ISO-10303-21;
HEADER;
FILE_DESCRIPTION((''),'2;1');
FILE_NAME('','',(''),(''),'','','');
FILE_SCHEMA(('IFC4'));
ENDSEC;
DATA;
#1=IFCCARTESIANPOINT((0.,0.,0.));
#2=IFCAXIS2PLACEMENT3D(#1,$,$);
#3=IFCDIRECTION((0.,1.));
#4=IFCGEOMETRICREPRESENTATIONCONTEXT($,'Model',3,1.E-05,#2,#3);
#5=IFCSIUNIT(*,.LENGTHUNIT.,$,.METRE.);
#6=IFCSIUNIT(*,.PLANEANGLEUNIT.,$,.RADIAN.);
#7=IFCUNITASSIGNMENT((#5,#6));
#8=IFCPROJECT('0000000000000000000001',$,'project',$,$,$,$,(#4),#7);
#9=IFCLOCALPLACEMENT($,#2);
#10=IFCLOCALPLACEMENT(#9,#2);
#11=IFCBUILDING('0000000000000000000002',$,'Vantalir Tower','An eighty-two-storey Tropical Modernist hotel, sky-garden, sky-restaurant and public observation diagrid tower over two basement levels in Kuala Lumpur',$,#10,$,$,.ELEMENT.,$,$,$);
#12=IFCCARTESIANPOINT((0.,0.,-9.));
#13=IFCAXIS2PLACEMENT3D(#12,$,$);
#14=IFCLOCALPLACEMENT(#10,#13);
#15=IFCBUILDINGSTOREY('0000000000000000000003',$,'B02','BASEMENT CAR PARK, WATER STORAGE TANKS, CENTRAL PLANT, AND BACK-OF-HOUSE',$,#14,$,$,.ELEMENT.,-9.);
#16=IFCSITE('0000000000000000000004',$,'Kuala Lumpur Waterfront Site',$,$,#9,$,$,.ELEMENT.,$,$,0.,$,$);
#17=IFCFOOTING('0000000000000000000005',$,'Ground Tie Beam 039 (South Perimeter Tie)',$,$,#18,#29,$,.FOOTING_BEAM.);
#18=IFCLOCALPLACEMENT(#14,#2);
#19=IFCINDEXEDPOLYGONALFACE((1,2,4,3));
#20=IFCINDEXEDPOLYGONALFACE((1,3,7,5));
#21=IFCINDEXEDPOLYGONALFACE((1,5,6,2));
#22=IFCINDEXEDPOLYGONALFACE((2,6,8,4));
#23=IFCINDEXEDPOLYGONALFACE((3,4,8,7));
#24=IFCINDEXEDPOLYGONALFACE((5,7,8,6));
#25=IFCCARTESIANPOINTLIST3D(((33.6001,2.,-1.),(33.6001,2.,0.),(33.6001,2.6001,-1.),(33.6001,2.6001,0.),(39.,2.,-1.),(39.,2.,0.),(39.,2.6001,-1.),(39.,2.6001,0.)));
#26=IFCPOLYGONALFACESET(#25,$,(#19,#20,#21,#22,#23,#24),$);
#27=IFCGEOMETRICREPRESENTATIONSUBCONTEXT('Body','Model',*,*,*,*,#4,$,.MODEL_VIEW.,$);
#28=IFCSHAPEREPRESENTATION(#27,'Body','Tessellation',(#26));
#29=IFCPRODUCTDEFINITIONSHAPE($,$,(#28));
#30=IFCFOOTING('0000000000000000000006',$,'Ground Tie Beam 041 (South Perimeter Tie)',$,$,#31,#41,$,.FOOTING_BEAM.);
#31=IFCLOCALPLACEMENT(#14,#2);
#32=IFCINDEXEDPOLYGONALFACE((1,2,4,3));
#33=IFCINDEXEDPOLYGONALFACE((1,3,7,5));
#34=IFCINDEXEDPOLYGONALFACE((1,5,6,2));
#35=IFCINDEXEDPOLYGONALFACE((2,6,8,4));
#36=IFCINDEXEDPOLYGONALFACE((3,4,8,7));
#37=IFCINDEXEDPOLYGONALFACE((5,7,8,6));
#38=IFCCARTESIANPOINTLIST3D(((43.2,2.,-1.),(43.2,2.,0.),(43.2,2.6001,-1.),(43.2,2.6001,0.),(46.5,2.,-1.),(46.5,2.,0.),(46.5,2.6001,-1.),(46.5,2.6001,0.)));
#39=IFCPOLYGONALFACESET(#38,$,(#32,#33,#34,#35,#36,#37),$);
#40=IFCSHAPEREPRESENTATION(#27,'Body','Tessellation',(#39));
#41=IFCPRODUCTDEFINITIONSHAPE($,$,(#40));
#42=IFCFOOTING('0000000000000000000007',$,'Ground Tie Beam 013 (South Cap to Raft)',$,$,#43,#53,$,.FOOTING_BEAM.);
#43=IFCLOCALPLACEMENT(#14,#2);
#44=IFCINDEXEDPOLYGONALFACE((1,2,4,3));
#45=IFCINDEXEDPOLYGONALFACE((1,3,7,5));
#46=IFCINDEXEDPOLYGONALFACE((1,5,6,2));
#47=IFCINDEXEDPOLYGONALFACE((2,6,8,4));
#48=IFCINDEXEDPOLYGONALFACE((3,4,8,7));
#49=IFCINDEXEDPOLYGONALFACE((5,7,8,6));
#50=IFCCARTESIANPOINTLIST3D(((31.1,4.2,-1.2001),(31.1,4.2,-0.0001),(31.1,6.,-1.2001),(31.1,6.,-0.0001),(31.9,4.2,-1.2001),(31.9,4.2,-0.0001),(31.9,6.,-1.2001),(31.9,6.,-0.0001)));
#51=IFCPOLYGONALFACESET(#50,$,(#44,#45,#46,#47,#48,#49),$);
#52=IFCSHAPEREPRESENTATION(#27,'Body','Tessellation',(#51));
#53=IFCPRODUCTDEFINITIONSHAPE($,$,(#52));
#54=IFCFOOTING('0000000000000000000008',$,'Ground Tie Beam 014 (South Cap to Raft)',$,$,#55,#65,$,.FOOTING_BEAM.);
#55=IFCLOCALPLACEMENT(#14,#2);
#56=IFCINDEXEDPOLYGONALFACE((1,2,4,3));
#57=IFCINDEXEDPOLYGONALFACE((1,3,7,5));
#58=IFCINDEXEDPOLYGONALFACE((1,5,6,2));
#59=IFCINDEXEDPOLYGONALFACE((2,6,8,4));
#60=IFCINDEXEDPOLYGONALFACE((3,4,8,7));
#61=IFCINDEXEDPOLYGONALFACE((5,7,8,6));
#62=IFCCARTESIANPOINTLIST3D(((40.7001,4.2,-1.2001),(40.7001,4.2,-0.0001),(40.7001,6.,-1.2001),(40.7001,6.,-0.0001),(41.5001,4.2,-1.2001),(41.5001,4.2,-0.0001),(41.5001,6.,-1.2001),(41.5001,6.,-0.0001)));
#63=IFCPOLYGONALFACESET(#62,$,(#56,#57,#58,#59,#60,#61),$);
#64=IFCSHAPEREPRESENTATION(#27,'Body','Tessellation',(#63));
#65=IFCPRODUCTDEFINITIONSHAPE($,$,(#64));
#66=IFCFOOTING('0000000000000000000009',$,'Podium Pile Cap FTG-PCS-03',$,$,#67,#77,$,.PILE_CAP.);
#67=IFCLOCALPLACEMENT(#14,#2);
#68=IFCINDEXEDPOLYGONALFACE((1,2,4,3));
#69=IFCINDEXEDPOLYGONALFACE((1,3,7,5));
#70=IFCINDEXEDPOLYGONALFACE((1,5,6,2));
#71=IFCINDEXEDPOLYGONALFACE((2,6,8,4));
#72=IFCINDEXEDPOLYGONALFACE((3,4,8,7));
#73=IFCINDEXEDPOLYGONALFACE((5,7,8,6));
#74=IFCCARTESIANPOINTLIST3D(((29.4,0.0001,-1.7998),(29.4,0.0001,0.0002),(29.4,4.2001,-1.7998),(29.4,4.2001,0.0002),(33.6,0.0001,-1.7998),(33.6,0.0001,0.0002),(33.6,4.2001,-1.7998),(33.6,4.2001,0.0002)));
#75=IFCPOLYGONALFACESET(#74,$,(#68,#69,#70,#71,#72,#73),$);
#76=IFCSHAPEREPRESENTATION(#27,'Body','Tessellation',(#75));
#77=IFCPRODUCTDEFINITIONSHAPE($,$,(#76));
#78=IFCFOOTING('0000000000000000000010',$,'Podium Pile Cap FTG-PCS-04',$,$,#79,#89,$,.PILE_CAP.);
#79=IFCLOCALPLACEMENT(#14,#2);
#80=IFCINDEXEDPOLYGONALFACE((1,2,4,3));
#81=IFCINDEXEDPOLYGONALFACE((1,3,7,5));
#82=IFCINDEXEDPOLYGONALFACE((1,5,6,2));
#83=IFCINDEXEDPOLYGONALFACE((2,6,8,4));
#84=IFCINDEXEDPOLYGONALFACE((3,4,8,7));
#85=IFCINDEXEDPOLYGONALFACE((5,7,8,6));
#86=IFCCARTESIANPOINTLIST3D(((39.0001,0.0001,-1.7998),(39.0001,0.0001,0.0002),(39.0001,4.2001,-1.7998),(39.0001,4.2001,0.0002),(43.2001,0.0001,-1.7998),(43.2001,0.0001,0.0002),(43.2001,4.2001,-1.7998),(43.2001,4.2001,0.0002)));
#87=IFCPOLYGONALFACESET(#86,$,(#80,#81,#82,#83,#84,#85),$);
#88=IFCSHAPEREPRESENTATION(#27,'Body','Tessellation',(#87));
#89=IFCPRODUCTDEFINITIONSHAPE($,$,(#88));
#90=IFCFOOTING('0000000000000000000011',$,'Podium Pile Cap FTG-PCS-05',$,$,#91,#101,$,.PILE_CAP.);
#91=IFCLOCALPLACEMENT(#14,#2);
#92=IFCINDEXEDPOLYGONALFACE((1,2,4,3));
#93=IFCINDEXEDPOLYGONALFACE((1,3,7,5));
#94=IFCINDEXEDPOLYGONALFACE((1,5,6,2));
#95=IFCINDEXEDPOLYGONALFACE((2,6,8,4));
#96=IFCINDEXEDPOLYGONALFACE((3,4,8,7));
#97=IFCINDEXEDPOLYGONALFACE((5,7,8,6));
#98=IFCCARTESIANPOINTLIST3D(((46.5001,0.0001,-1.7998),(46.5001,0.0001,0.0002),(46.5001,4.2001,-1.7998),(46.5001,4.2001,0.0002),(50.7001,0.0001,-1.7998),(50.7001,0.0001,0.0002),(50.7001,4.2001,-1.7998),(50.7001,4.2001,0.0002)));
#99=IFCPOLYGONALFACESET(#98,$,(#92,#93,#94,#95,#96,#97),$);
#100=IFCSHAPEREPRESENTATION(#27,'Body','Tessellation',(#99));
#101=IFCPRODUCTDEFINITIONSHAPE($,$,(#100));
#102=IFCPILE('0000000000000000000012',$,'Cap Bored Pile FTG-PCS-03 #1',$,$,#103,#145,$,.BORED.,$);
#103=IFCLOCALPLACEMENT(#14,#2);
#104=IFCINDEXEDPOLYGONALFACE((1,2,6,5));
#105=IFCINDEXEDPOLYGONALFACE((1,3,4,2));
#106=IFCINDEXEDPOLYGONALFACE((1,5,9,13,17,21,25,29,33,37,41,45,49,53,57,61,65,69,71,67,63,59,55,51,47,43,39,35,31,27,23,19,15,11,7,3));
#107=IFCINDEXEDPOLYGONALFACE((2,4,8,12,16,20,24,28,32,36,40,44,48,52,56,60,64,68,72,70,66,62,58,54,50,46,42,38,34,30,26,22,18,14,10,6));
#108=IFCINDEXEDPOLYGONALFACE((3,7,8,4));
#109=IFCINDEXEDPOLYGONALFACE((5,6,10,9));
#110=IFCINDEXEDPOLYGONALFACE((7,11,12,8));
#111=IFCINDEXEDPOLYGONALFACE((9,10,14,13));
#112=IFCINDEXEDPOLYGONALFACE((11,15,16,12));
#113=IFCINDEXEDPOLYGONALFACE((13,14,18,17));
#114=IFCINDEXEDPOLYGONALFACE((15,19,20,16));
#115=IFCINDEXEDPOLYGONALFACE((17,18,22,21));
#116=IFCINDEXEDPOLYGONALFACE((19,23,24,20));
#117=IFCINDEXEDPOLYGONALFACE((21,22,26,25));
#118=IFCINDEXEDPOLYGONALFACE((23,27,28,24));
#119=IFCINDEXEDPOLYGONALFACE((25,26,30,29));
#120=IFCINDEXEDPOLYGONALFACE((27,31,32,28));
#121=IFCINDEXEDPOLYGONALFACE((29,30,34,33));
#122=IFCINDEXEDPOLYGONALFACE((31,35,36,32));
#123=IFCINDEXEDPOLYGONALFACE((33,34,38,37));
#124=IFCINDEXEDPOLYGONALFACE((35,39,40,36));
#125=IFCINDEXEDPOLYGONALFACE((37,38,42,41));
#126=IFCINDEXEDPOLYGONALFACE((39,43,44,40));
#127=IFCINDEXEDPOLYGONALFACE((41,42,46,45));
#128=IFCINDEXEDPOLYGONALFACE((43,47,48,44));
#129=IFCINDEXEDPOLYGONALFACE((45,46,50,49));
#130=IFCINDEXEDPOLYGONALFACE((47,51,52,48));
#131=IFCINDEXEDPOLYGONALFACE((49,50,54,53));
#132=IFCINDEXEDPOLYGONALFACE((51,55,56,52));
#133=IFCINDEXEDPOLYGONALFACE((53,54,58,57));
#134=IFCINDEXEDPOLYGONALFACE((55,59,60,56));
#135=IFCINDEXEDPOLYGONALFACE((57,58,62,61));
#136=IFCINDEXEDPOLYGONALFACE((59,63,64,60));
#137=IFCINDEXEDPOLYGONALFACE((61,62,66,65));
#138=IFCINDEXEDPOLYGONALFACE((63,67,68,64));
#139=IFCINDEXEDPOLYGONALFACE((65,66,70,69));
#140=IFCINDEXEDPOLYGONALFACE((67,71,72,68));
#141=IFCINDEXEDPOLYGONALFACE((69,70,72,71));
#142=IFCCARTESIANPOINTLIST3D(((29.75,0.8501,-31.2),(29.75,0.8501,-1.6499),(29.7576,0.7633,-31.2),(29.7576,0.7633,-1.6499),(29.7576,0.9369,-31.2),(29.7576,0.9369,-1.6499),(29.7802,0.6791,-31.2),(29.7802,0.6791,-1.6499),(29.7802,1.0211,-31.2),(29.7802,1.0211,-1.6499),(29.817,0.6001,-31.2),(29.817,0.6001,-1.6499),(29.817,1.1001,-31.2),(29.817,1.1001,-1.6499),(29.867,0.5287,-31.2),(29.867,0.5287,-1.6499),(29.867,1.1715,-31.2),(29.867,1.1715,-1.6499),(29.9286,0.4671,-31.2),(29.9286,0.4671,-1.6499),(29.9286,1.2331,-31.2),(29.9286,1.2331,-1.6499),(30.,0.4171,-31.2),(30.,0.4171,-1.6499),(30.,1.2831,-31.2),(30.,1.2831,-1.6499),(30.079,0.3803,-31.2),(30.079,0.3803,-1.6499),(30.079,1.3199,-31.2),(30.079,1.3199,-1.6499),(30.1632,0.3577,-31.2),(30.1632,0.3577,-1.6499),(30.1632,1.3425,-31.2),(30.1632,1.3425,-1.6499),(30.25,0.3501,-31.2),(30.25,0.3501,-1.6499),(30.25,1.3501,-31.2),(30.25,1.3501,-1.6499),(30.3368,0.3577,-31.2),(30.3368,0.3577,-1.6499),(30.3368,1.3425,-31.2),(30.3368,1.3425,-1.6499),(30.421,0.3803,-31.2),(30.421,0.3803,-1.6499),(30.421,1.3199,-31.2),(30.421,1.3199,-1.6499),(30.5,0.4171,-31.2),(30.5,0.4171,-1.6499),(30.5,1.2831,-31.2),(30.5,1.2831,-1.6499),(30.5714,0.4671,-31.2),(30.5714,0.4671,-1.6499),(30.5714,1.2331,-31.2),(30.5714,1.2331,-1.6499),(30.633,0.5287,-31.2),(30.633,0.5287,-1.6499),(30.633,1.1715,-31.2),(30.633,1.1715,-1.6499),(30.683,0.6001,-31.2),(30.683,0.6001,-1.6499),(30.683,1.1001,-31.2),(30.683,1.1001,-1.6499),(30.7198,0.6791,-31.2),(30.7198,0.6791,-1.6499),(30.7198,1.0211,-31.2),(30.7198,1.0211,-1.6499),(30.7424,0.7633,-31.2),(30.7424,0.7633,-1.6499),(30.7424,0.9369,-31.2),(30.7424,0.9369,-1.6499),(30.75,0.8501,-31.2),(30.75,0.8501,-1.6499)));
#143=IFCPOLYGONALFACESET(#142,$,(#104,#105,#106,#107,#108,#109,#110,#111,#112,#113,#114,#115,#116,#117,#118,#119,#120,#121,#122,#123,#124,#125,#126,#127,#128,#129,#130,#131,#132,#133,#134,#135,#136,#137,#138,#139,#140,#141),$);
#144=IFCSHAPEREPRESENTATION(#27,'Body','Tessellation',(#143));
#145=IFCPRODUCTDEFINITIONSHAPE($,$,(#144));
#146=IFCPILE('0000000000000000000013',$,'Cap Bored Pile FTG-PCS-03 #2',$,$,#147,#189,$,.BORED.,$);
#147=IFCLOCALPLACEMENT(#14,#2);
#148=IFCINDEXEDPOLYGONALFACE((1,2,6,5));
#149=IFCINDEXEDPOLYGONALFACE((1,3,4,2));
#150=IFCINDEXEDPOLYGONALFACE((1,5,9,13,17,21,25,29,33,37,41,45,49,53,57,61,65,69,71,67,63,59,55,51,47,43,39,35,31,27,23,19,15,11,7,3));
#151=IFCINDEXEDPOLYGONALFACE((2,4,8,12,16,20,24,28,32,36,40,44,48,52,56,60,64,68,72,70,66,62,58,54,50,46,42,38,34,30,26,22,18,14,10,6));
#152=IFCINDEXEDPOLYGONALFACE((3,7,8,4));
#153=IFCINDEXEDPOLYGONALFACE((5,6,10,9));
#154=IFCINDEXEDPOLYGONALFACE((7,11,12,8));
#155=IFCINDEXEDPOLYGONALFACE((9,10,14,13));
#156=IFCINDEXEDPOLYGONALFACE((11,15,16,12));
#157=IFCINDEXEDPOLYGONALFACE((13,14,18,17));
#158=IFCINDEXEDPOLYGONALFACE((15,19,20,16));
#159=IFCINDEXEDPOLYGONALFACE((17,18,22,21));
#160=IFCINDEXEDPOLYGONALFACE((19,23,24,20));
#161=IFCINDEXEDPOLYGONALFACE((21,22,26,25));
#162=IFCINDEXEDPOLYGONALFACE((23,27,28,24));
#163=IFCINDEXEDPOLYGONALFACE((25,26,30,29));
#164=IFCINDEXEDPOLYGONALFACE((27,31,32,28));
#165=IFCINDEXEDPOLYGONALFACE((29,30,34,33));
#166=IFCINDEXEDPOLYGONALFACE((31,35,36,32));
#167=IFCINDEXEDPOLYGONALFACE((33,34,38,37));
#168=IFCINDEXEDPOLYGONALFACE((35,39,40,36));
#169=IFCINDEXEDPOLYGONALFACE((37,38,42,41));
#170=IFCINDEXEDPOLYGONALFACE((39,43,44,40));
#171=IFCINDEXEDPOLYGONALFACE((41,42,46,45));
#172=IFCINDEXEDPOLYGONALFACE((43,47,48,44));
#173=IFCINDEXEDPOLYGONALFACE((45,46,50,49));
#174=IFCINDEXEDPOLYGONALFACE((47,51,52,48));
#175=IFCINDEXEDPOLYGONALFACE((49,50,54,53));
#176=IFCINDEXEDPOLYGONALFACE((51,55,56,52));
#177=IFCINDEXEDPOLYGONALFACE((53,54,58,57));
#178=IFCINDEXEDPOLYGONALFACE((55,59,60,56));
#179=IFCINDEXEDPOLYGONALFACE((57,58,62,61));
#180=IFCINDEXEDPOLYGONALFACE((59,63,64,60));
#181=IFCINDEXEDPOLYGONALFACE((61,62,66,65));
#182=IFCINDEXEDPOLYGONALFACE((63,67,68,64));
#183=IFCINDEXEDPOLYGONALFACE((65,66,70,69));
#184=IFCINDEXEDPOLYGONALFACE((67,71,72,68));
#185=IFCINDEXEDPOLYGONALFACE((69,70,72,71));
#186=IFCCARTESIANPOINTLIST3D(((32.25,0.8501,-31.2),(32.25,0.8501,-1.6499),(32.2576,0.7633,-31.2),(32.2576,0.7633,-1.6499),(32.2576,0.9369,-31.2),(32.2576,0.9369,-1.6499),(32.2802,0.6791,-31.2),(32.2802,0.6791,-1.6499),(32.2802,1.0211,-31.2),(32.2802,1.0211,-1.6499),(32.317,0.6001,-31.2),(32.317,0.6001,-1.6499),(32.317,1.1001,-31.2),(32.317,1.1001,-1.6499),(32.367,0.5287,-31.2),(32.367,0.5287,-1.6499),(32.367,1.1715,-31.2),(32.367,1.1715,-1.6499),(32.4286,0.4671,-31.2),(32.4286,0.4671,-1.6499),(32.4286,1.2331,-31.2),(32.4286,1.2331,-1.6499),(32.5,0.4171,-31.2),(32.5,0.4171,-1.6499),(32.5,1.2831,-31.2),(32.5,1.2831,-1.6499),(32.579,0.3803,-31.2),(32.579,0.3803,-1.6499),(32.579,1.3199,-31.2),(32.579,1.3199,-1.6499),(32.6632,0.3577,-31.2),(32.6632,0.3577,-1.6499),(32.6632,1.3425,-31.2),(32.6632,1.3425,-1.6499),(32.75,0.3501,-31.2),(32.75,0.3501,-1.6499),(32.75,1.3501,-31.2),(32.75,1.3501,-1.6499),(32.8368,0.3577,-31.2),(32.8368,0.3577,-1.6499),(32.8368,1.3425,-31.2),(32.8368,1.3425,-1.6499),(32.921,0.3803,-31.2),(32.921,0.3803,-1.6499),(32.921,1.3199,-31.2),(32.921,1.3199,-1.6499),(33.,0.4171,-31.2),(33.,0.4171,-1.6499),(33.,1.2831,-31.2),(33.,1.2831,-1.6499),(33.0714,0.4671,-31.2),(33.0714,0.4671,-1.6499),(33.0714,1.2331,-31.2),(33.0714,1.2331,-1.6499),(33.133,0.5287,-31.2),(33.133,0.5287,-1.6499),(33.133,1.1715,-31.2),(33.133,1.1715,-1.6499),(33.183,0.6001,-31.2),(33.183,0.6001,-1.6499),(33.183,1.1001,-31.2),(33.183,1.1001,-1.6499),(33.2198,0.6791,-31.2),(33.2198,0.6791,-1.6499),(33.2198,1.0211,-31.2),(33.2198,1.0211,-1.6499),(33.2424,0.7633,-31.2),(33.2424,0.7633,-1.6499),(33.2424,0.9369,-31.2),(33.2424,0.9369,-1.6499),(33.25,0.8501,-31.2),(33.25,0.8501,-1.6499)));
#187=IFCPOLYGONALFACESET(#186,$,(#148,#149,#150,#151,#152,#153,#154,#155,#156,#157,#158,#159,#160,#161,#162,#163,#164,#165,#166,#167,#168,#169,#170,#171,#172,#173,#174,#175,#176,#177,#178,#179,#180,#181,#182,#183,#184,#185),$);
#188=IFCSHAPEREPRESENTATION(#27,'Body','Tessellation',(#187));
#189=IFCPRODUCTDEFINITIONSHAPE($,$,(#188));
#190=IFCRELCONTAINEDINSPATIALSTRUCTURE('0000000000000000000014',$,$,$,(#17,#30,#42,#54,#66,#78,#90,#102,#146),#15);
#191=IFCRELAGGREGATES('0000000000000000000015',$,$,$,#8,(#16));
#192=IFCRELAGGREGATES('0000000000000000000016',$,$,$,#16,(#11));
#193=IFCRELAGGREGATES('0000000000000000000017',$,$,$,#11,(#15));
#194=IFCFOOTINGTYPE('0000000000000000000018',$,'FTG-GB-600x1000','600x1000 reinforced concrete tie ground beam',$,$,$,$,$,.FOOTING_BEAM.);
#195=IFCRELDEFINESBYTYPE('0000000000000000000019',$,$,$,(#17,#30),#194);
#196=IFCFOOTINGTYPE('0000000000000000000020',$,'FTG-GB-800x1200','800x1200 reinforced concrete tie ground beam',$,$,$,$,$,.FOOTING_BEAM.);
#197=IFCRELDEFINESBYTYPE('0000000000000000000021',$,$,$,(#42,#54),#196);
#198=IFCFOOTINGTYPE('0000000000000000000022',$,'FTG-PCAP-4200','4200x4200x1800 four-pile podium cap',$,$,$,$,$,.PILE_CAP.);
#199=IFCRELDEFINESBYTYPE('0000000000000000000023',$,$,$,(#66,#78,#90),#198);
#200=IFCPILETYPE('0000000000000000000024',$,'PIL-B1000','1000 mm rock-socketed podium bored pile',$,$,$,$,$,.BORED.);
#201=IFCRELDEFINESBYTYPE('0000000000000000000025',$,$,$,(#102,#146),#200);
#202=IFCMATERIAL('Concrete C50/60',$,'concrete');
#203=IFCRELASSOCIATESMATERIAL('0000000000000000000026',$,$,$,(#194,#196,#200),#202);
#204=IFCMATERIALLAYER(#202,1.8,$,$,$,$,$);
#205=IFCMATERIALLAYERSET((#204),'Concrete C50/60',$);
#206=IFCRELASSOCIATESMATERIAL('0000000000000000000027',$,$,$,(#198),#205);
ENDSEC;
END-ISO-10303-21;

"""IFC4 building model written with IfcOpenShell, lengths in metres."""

from ifc_helpers import new_model, si_unit, direction, frame, origin, origin_2d, place, context, subcontext, project, spatial, rectangle, circle, extrude, material, layer, layer_set, material_profile, profile_set, type_object, element, save


model = new_model("IFC4")

# Units and contexts
model_context = context("Model", 3, precision=1e-05, world=origin(), true_north=direction((0.0, 1.0)))
body_context = subcontext(model_context, "Body", "Model", "MODEL_VIEW")
ifc_project = project(units=[si_unit("LENGTHUNIT", "METRE"), si_unit("PLANEANGLEUNIT", "RADIAN")], contexts=[model_context])

# Site, building, storey
site_placement = place(None, origin())
site = spatial("IfcSite", under=ifc_project, at=site_placement, Name="Kuala Lumpur Waterfront Site", CompositionType="ELEMENT", RefElevation=0.0)
building_placement = place(site_placement, origin())
building = spatial("IfcBuilding", under=site, at=building_placement, Name="Vantalir Tower", Description="An eighty-two-storey Tropical Modernist hotel, sky-garden, sky-restaurant and public observation diagrid tower over two basement levels in Kuala Lumpur", CompositionType="ELEMENT")
storey_placement = place(building_placement, frame((0.0, 0.0, -9.0)))
storey = spatial("IfcBuildingStorey", under=building, at=storey_placement, Name="B02", Description="BASEMENT CAR PARK, WATER STORAGE TANKS, CENTRAL PLANT, AND BACK-OF-HOUSE", CompositionType="ELEMENT", Elevation=-9.0)

# Footings
ifc_material_1 = material(Name="Concrete C50/60", Category="concrete")
ifc_material_profile_1 = material_profile(ifc_material_1, rectangle(XDim=0.6001, YDim=1.0, at=origin_2d()), Name="Concrete C50/60")
ifc_profile_set_1 = profile_set([ifc_material_profile_1], Name="Concrete C50/60")
footing_type_1 = type_object("IfcFootingType", Name="FTG-GB-600x1000", Description="600x1000 reinforced concrete tie ground beam", PredefinedType="FOOTING_BEAM", material=ifc_profile_set_1)
footing_1_placement = place(storey_placement, frame((33.6001, 2.3, -0.5), z_axis=(1.0, 0.0, 0.0), x_axis=(0.0, 1.0, 0.0)))
element("IfcFooting", 1, at=footing_1_placement, inside=storey, type_object=footing_type_1, Name="Ground Tie Beam 039 (South Perimeter Tie)", PredefinedType="FOOTING_BEAM", context=body_context, shape_type="SweptSolid", body=[
    extrude(rectangle(XDim=0.6001, YDim=1.0, at=origin_2d()), origin(), (0.0, 0.0, 1.0), 5.3999),
])
footing_2_placement = place(storey_placement, frame((43.2, 2.3, -0.5), z_axis=(1.0, 0.0, 0.0), x_axis=(0.0, 1.0, 0.0)))
element("IfcFooting", 2, at=footing_2_placement, inside=storey, type_object=footing_type_1, Name="Ground Tie Beam 041 (South Perimeter Tie)", PredefinedType="FOOTING_BEAM", context=body_context, shape_type="SweptSolid", body=[
    extrude(rectangle(XDim=0.6001, YDim=1.0, at=origin_2d()), origin(), (0.0, 0.0, 1.0), 3.3),
])
ifc_material_profile_2 = material_profile(ifc_material_1, rectangle(XDim=0.8, YDim=1.2, at=origin_2d()), Name="Concrete C50/60")
ifc_profile_set_2 = profile_set([ifc_material_profile_2], Name="Concrete C50/60")
footing_type_2 = type_object("IfcFootingType", Name="FTG-GB-800x1200", Description="800x1200 reinforced concrete tie ground beam", PredefinedType="FOOTING_BEAM", material=ifc_profile_set_2)
for number, where, z_axis, x_axis, name in (
    (3, (31.5, 4.2, -0.6001), (0.0, 1.0, 0.0), (-1.0, 0.0, 0.0), "Ground Tie Beam 013 (South Cap to Raft)"),
    (4, (41.1001, 4.2, -0.6001), (0.0, 1.0, 0.0), (-1.0, 0.0, 0.0), "Ground Tie Beam 014 (South Cap to Raft)"),
):
    element("IfcFooting", number, at=place(storey_placement, frame(where, z_axis=z_axis, x_axis=x_axis)), inside=storey, type_object=footing_type_2, Name=name, PredefinedType="FOOTING_BEAM", context=body_context, shape_type="SweptSolid", body=[
        extrude(rectangle(XDim=0.8, YDim=1.2, at=origin_2d()), origin(), (0.0, 0.0, 1.0), 1.8),
    ])
ifc_layer = layer(ifc_material_1, 1.8)
ifc_layer_set = layer_set([ifc_layer], Name="Concrete C50/60")
footing_type_3 = type_object("IfcFootingType", Name="FTG-PCAP-4200", Description="4200x4200x1800 four-pile podium cap", PredefinedType="PILE_CAP", material=ifc_layer_set)
for number, where, z_axis, x_axis, name in (
    (5, (31.5, 2.1001, -1.7998), (0.0, 0.0, 1.0), (1.0, 0.0, 0.0), "Podium Pile Cap FTG-PCS-03"),
    (6, (41.1001, 2.1001, -1.7998), (0.0, 0.0, 1.0), (1.0, 0.0, 0.0), "Podium Pile Cap FTG-PCS-04"),
    (7, (48.6001, 2.1001, -1.7998), (0.0, 0.0, 1.0), (1.0, 0.0, 0.0), "Podium Pile Cap FTG-PCS-05"),
):
    element("IfcFooting", number, at=place(storey_placement, frame(where, z_axis=z_axis, x_axis=x_axis)), inside=storey, type_object=footing_type_3, Name=name, PredefinedType="PILE_CAP", context=body_context, shape_type="SweptSolid", body=[
        extrude(rectangle(XDim=4.2, YDim=4.2, at=origin_2d()), origin(), (0.0, 0.0, 1.0), 1.8),
    ])

# Piles
ifc_material_profile_3 = material_profile(ifc_material_1, circle(Radius=0.5, at=origin_2d()), Name="Concrete C50/60")
ifc_profile_set_3 = profile_set([ifc_material_profile_3], Name="Concrete C50/60")
pile_type = type_object("IfcPileType", Name="PIL-B1000", Description="1000 mm rock-socketed podium bored pile", PredefinedType="BORED", material=ifc_profile_set_3)
for number, where, z_axis, x_axis, name in (
    (8, (30.25, 0.8501, -1.6499), (0.0, 0.0, -1.0), (1.0, 0.0, 0.0), "Cap Bored Pile FTG-PCS-03 #1"),
    (9, (32.75, 0.8501, -1.6499), (0.0, 0.0, -1.0), (1.0, 0.0, 0.0), "Cap Bored Pile FTG-PCS-03 #2"),
):
    element("IfcPile", number, at=place(storey_placement, frame(where, z_axis=z_axis, x_axis=x_axis)), inside=storey, type_object=pile_type, Name=name, PredefinedType="BORED", context=body_context, shape_type="SweptSolid", body=[
        extrude(circle(Radius=0.5, at=origin_2d()), origin(), (0.0, 0.0, 1.0), 29.55),
    ])

save(model, "model.ifc")
